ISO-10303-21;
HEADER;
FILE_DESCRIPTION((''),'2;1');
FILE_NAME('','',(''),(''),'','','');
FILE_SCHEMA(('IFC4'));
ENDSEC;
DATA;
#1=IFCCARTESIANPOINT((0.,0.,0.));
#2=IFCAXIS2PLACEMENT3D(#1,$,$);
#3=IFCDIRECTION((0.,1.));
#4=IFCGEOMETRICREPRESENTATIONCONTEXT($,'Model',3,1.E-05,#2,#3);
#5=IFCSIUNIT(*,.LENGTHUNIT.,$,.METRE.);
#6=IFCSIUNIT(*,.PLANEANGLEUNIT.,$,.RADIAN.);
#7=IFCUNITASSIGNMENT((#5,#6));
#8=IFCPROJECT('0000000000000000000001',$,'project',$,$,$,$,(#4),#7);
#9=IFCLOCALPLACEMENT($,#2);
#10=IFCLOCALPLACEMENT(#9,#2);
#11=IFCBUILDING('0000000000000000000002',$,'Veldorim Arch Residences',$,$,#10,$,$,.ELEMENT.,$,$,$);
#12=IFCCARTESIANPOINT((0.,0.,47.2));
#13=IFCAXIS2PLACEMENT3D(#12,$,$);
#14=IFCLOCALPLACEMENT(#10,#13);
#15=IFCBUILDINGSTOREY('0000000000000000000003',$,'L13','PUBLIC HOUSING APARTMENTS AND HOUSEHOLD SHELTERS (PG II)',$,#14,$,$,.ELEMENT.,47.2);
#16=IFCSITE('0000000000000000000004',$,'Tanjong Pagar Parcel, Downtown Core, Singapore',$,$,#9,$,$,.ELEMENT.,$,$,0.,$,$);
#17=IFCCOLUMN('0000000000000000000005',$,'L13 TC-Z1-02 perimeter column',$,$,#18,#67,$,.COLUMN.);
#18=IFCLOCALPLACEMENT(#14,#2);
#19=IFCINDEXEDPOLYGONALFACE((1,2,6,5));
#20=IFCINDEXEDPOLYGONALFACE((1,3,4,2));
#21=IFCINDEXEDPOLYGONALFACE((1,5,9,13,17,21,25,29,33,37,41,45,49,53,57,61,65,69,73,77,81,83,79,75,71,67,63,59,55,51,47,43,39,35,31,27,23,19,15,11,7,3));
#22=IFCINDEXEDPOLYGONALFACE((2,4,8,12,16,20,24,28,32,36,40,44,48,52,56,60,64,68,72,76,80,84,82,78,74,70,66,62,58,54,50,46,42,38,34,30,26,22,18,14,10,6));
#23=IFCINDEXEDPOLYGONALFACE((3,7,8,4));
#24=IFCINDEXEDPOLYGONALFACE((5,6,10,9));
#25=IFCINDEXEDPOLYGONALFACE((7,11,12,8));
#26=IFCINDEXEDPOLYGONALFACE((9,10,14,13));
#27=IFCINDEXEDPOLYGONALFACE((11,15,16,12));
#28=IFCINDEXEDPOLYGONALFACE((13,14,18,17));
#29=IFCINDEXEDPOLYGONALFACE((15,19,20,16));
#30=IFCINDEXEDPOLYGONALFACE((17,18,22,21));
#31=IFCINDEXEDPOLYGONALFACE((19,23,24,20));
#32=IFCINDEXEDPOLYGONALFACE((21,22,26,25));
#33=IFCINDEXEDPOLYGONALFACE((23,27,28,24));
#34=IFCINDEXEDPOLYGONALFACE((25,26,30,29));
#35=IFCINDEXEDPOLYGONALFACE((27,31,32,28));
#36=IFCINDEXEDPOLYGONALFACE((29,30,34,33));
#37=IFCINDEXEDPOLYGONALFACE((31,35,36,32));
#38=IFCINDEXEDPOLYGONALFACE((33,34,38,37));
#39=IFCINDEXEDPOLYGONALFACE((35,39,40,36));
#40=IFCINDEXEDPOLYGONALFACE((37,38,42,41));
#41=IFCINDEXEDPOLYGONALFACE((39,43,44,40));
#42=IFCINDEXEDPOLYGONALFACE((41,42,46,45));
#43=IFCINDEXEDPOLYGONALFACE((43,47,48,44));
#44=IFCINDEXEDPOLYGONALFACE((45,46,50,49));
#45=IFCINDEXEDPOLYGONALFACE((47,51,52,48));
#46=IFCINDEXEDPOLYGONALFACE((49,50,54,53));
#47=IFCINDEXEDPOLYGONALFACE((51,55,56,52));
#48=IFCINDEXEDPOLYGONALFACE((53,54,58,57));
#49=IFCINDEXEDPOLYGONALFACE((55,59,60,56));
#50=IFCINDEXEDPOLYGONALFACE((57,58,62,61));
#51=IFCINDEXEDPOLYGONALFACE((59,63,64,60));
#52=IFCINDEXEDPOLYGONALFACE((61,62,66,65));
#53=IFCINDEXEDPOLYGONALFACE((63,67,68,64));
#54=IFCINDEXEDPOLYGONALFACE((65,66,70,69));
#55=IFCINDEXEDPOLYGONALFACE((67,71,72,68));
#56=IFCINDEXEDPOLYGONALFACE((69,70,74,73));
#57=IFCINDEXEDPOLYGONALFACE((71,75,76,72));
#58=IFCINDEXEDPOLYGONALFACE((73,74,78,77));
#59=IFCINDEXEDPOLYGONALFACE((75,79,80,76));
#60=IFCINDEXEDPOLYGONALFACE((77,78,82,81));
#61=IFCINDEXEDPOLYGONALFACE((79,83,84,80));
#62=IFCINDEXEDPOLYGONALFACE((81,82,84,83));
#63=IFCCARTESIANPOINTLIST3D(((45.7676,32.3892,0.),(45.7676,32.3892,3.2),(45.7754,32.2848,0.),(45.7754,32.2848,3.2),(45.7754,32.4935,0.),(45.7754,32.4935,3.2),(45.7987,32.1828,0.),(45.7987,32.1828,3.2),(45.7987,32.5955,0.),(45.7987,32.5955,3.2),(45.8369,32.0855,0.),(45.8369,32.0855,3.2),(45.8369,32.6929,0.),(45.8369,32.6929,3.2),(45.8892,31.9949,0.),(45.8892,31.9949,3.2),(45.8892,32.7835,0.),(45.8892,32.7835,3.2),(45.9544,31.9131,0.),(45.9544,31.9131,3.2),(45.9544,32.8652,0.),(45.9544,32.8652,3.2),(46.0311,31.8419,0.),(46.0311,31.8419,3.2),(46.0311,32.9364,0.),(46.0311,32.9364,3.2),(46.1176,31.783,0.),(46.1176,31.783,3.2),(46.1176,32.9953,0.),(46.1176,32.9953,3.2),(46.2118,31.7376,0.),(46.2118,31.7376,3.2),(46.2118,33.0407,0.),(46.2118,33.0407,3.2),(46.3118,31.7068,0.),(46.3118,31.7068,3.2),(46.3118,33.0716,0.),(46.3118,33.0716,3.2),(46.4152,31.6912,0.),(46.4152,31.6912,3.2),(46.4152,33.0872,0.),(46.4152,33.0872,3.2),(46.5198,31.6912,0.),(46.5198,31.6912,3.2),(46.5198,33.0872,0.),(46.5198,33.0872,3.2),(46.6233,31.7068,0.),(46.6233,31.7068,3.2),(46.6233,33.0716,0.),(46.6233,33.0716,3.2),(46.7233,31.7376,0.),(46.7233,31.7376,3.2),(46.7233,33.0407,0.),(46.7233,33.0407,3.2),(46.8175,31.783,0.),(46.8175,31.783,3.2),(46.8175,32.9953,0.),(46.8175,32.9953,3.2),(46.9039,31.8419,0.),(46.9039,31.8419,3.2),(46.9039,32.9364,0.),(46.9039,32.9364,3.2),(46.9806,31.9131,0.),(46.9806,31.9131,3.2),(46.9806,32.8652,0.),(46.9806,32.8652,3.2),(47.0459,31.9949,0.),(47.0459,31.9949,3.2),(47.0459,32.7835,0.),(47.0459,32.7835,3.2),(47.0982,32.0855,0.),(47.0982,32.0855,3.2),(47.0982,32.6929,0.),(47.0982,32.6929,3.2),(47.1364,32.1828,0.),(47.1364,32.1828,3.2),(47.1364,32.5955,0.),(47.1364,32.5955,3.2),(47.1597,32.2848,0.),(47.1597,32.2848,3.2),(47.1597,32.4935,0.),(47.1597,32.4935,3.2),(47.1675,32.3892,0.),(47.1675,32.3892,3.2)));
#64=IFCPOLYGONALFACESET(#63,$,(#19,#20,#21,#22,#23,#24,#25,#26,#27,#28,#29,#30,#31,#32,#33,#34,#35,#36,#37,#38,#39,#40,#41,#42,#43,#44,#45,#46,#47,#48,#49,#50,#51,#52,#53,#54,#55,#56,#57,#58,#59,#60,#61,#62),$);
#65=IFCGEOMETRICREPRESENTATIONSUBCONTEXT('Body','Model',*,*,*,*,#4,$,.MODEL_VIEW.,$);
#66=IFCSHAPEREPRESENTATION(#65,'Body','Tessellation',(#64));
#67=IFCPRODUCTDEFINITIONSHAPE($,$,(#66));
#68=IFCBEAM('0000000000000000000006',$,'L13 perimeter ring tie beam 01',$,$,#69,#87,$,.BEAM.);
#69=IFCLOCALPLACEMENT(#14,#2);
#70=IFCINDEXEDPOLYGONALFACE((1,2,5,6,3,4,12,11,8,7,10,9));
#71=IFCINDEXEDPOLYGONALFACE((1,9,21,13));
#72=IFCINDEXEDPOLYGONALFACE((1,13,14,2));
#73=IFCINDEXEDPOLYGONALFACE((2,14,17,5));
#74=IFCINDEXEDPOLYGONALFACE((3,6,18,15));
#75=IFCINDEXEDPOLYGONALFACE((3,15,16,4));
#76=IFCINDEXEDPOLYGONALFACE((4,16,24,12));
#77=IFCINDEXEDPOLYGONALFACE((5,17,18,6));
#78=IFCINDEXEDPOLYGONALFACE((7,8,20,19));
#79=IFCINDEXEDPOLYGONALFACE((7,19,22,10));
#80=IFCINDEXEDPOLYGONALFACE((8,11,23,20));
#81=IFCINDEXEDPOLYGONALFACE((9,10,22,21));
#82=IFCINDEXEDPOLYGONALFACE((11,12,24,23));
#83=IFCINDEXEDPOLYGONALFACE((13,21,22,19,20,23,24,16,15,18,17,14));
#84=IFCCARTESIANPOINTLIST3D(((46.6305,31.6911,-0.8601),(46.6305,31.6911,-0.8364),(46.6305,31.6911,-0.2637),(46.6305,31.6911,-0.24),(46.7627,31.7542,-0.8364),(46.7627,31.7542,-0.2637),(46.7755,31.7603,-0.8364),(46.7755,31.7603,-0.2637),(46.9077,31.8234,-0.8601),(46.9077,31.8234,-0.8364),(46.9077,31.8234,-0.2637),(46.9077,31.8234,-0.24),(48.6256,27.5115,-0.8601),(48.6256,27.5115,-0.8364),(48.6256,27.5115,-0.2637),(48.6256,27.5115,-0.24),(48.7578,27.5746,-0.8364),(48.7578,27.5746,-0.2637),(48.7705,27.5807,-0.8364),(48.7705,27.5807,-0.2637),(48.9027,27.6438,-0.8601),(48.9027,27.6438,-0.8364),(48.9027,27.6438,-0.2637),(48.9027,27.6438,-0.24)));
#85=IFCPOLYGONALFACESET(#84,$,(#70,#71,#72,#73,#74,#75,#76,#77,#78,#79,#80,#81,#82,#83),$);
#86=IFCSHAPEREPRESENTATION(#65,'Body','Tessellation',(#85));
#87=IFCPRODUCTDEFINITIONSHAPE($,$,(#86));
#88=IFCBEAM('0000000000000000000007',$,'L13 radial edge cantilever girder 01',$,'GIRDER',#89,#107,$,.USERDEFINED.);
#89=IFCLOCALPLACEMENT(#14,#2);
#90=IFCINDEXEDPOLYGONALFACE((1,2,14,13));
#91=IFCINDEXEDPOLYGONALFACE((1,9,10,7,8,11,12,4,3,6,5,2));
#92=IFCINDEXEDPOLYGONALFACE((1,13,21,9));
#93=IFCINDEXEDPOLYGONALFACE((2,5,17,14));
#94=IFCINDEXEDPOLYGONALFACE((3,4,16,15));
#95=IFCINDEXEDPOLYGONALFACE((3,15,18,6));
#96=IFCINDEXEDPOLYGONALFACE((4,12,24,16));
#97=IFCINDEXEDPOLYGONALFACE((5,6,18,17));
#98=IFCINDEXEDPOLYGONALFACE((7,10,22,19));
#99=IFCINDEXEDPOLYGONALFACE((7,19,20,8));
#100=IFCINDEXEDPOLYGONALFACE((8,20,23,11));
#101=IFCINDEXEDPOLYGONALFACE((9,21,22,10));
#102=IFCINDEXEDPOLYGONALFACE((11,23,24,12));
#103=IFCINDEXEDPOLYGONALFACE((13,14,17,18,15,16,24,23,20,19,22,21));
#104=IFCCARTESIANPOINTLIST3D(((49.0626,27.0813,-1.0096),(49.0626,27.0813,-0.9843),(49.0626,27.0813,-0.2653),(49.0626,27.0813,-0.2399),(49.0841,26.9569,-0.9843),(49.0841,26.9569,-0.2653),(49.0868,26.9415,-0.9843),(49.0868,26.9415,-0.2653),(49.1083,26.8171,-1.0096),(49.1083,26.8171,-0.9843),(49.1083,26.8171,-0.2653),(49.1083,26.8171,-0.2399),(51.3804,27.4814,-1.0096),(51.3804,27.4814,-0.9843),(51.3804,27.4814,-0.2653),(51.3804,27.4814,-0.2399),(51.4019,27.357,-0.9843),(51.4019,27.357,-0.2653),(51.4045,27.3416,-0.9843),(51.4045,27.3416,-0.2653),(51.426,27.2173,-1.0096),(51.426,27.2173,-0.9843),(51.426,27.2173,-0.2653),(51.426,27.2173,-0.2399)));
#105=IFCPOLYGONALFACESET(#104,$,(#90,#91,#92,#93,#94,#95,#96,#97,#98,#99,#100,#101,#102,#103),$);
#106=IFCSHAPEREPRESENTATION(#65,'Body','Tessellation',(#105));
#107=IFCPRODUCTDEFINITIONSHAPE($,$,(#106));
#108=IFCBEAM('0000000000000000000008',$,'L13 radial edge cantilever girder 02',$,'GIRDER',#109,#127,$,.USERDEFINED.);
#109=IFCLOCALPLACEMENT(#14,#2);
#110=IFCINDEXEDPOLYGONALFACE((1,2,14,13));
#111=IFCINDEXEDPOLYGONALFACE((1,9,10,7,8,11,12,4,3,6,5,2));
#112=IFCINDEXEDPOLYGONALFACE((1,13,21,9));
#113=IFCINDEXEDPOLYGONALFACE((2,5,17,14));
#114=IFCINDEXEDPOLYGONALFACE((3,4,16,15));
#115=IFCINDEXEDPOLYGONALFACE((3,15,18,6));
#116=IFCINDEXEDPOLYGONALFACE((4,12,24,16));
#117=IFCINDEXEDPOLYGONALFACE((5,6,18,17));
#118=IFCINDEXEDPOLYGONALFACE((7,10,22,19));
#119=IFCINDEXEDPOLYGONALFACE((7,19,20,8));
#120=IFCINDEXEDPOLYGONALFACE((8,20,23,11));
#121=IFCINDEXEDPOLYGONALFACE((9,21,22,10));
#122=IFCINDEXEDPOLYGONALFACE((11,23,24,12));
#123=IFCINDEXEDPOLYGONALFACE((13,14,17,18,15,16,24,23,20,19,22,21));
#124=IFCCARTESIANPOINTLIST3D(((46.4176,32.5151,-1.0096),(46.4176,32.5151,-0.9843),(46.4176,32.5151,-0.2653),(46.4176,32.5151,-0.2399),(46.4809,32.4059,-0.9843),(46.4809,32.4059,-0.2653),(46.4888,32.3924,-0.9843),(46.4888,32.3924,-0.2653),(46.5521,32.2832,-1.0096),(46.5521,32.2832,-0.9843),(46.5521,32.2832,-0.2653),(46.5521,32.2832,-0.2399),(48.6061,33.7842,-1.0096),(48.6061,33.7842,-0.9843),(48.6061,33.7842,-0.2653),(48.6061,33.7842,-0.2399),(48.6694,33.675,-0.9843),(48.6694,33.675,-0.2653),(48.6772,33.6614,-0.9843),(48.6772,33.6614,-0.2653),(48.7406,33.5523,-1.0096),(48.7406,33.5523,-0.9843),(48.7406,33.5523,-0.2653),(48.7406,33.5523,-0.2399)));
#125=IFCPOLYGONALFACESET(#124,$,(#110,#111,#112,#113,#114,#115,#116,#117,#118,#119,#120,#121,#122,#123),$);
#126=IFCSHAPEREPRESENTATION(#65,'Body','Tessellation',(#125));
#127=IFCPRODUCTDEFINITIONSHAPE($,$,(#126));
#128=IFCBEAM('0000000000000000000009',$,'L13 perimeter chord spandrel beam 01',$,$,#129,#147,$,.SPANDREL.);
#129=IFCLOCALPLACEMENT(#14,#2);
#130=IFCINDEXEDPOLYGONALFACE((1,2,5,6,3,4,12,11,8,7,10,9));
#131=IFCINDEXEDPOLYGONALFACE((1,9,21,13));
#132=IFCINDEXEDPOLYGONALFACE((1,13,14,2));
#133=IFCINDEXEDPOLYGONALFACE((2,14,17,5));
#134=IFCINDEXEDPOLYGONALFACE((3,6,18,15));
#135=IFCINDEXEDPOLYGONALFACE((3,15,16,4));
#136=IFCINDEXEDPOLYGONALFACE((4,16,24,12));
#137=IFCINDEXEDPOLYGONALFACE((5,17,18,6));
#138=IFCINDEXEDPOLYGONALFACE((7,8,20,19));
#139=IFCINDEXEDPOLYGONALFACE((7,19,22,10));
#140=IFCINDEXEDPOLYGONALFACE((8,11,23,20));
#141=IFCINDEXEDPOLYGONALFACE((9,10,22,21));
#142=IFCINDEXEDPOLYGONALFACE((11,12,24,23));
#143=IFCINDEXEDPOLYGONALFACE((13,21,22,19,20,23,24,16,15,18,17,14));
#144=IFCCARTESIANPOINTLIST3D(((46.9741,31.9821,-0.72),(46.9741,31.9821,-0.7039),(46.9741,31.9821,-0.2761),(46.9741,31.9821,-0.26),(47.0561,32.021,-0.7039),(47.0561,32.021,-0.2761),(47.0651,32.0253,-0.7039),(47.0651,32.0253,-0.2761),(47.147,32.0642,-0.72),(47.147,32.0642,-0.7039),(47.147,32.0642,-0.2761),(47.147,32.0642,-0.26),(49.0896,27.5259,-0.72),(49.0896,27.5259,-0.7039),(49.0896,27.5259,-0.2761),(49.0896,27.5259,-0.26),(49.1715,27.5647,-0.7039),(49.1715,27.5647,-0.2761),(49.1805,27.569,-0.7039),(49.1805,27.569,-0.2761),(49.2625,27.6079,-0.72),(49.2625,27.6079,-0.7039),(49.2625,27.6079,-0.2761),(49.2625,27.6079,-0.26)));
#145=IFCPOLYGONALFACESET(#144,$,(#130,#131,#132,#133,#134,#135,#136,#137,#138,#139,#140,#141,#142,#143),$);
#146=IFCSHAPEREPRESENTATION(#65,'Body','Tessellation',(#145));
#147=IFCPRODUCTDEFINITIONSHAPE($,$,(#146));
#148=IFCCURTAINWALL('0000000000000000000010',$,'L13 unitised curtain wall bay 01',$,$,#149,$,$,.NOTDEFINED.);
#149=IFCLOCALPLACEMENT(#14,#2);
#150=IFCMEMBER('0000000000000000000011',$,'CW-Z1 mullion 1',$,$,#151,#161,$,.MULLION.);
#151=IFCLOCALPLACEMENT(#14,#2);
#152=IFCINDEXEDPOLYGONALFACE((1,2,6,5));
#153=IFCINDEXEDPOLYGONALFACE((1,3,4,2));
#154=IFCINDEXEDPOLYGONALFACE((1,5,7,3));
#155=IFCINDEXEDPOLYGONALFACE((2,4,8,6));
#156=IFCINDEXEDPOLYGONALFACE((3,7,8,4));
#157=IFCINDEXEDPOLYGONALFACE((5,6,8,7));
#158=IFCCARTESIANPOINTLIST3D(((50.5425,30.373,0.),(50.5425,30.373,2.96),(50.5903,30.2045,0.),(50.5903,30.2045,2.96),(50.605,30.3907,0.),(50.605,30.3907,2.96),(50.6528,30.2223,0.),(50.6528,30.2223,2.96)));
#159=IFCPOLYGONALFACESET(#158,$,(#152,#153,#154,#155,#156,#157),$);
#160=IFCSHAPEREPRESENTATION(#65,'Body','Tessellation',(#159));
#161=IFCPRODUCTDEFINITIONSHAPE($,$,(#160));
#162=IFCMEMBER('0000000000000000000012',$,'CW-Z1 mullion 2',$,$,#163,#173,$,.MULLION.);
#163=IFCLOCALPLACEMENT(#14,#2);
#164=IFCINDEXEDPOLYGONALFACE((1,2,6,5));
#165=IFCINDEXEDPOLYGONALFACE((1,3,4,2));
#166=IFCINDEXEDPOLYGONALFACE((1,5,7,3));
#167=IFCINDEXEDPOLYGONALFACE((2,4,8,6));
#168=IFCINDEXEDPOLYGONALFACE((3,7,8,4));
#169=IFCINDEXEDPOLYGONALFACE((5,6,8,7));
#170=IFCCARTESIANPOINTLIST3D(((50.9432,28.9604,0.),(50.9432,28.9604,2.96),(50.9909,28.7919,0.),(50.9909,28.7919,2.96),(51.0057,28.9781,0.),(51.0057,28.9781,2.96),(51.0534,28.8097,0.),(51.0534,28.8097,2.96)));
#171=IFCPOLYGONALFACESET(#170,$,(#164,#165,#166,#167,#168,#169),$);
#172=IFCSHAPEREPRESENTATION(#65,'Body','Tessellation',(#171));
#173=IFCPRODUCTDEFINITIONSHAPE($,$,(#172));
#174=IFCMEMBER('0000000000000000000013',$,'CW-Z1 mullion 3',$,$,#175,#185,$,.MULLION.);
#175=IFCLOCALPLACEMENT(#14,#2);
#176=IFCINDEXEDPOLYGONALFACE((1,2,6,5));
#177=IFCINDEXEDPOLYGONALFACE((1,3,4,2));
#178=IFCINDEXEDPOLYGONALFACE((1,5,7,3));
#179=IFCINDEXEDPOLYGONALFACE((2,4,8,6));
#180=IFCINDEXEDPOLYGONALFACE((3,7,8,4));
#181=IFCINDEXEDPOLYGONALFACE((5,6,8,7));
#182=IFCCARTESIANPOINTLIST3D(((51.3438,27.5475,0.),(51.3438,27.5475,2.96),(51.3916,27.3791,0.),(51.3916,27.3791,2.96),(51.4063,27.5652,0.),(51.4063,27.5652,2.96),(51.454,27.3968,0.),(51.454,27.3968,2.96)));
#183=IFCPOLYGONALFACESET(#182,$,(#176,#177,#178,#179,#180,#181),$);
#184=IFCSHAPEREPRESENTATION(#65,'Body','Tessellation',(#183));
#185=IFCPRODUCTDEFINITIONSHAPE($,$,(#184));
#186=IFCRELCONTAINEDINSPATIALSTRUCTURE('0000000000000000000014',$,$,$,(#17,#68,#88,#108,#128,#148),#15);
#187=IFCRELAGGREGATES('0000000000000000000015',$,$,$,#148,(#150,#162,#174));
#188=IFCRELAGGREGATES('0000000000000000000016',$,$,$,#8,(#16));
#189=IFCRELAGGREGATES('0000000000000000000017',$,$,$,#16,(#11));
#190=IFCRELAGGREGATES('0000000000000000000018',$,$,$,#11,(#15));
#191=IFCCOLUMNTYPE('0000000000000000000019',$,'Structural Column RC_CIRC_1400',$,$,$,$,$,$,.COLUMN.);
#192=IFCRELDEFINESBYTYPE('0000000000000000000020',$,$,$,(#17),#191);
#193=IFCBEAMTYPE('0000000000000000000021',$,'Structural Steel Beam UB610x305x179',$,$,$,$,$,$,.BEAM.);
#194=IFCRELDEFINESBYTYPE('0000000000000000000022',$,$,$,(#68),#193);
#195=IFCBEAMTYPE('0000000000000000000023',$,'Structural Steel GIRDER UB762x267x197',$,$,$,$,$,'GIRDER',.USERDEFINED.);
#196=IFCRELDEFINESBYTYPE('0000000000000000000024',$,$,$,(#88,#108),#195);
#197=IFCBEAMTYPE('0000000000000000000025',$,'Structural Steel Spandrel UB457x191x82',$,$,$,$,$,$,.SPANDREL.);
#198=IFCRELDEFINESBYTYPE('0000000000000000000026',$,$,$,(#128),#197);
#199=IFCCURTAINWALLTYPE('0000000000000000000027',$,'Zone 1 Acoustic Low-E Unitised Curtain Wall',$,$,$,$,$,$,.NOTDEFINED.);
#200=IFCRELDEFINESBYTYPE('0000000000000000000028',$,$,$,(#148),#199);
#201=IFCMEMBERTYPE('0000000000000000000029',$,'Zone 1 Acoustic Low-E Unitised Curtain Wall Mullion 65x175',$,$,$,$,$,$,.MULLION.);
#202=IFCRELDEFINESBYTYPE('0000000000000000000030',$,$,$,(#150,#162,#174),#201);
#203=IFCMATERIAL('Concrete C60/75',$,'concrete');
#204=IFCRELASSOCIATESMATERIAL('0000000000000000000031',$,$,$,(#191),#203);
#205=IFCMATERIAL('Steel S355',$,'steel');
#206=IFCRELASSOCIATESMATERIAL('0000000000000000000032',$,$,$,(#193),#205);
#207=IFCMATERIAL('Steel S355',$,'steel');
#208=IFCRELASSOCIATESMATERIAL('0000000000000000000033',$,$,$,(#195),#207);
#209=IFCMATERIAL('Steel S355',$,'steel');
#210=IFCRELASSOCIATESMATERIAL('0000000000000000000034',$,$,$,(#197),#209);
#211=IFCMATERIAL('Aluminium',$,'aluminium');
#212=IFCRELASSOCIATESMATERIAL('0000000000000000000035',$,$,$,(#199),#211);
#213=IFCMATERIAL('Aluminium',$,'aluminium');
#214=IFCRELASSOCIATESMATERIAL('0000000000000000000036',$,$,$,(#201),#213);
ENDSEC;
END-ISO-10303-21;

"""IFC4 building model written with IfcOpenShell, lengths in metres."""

from ifc_helpers import new_model, si_unit, direction, frame, origin, origin_2d, place, context, subcontext, project, spatial, rectangle, circle, i_section, extrude, material, material_profile, profile_set, type_object, element, aggregate, save


model = new_model("IFC4")

# Units and contexts
model_context = context("Model", 3, precision=1e-05, world=origin(), true_north=direction((0.0, 1.0)))
body_context = subcontext(model_context, "Body", "Model", "MODEL_VIEW")
ifc_project = project(units=[si_unit("LENGTHUNIT", "METRE"), si_unit("PLANEANGLEUNIT", "RADIAN")], contexts=[model_context])

# Site, building, storey
site_placement = place(None, origin())
site = spatial("IfcSite", under=ifc_project, at=site_placement, Name="Tanjong Pagar Parcel, Downtown Core, Singapore", CompositionType="ELEMENT", RefElevation=0.0)
building_placement = place(site_placement, origin())
building = spatial("IfcBuilding", under=site, at=building_placement, Name="Veldorim Arch Residences", CompositionType="ELEMENT")
storey_placement = place(building_placement, frame((0.0, 0.0, 47.2)))
storey = spatial("IfcBuildingStorey", under=building, at=storey_placement, Name="L13", Description="PUBLIC HOUSING APARTMENTS AND HOUSEHOLD SHELTERS (PG II)", CompositionType="ELEMENT", Elevation=47.2)

# Column
ifc_material_1 = material(Name="Concrete C60/75", Category="concrete")
ifc_material_profile_1 = material_profile(ifc_material_1, circle(Radius=0.7, at=origin_2d()), Name="RC_CIRC_1400")
ifc_profile_set_1 = profile_set([ifc_material_profile_1], Name="Concrete C60/75")
column_type = type_object("IfcColumnType", Name="Structural Column RC_CIRC_1400", PredefinedType="COLUMN", material=ifc_profile_set_1)
column_placement = place(storey_placement, frame((46.4675, 32.3892, 0.0), z_axis=(0.0, 0.0, 1.0), x_axis=(1.0, 0.0, 0.0)))
element("IfcColumn", 1, at=column_placement, inside=storey, type_object=column_type, Name="L13 TC-Z1-02 perimeter column", PredefinedType="COLUMN", context=body_context, shape_type="SweptSolid", body=[
    extrude(circle(Radius=0.7, at=origin_2d()), origin(), (0.0, 0.0, 1.0), 3.2),
])

# Beams
ifc_material_2 = material(Name="Steel S355", Category="steel")
ifc_material_profile_2 = material_profile(ifc_material_2, i_section(OverallWidth=0.3071, OverallDepth=0.6201, WebThickness=0.0142, FlangeThickness=0.0237, at=origin_2d()), Name="UB610x305x179")
ifc_profile_set_2 = profile_set([ifc_material_profile_2], Name="Steel S355")
beam_type_1 = type_object("IfcBeamType", Name="Structural Steel Beam UB610x305x179", PredefinedType="BEAM", material=ifc_profile_set_2)
beam_1_placement = place(storey_placement, frame((48.7642, 27.5776, -0.55), z_axis=(-0.430776, 0.902459, 0.0), x_axis=(-0.902459, -0.430776, 0.0)))
element("IfcBeam", 2, at=beam_1_placement, inside=storey, type_object=beam_type_1, Name="L13 perimeter ring tie beam 01", PredefinedType="BEAM", context=body_context, shape_type="SweptSolid", body=[
    extrude(i_section(OverallWidth=0.3071, OverallDepth=0.6201, WebThickness=0.0142, FlangeThickness=0.0237, at=origin_2d()), origin(), (0.0, 0.0, 1.0), 4.6313),
])
ifc_material_3 = material(Name="Steel S355", Category="steel")
ifc_material_profile_3 = material_profile(ifc_material_3, i_section(OverallWidth=0.2681, OverallDepth=0.7698, WebThickness=0.0156, FlangeThickness=0.0254, at=origin_2d()), Name="UB762x267x197")
ifc_profile_set_3 = profile_set([ifc_material_profile_3], Name="Steel S355")
beam_type_2 = type_object("IfcBeamType", Name="Structural Steel GIRDER UB762x267x197", ElementType="GIRDER", PredefinedType="USERDEFINED", material=ifc_profile_set_3)
beam_2_placement = place(storey_placement, frame((49.0854, 26.9492, -0.6248), z_axis=(0.985424, 0.170119, 0.0), x_axis=(-0.170119, 0.985424, 0.0)))
element("IfcBeam", 3, at=beam_2_placement, inside=storey, type_object=beam_type_2, Name="L13 radial edge cantilever girder 01", ObjectType="GIRDER", PredefinedType="USERDEFINED", context=body_context, shape_type="SweptSolid", body=[
    extrude(i_section(OverallWidth=0.2681, OverallDepth=0.7698, WebThickness=0.0156, FlangeThickness=0.0254, at=origin_2d()), origin(), (0.0, 0.0, 1.0), 2.3521),
])
beam_3_placement = place(storey_placement, frame((46.4849, 32.3992, -0.6248), z_axis=(0.865078, 0.501637, 0.0), x_axis=(-0.501637, 0.865078, 0.0)))
element("IfcBeam", 4, at=beam_3_placement, inside=storey, type_object=beam_type_2, Name="L13 radial edge cantilever girder 02", ObjectType="GIRDER", PredefinedType="USERDEFINED", context=body_context, shape_type="SweptSolid", body=[
    extrude(i_section(OverallWidth=0.2681, OverallDepth=0.7698, WebThickness=0.0156, FlangeThickness=0.0254, at=origin_2d()), origin(), (0.0, 0.0, 1.0), 2.5298),
])
ifc_material_4 = material(Name="Steel S355", Category="steel")
ifc_material_profile_4 = material_profile(ifc_material_4, i_section(OverallWidth=0.1914, OverallDepth=0.46, WebThickness=0.01, FlangeThickness=0.0161, at=origin_2d()), Name="UB457x191x82")
ifc_profile_set_4 = profile_set([ifc_material_profile_4], Name="Steel S355")
beam_type_3 = type_object("IfcBeamType", Name="Structural Steel Spandrel UB457x191x82", PredefinedType="SPANDREL", material=ifc_profile_set_4)
beam_4_placement = place(storey_placement, frame((49.176, 27.5669, -0.49), z_axis=(-0.428848, 0.903377, 0.0), x_axis=(-0.903377, -0.428848, 0.0)))
element("IfcBeam", 5, at=beam_4_placement, inside=storey, type_object=beam_type_3, Name="L13 perimeter chord spandrel beam 01", PredefinedType="SPANDREL", context=body_context, shape_type="SweptSolid", body=[
    extrude(i_section(OverallWidth=0.1914, OverallDepth=0.46, WebThickness=0.01, FlangeThickness=0.0161, at=origin_2d()), origin(), (0.0, 0.0, 1.0), 4.9329),
])

# Curtain wall, members
ifc_material_5 = material(Name="Aluminium", Category="aluminium")
curtain_wall_type = type_object("IfcCurtainWallType", Name="Zone 1 Acoustic Low-E Unitised Curtain Wall", PredefinedType="NOTDEFINED", material=ifc_material_5)
curtain_wall_placement = place(storey_placement, origin())
curtain_wall = element("IfcCurtainWall", 6, at=curtain_wall_placement, inside=storey, type_object=curtain_wall_type, Name="L13 unitised curtain wall bay 01", PredefinedType="NOTDEFINED")
ifc_material_6 = material(Name="Aluminium", Category="aluminium")
ifc_material_profile_5 = material_profile(ifc_material_6, rectangle(XDim=0.0649, YDim=0.175, at=origin_2d()), Name="ALU_MUL_65x175")
ifc_profile_set_5 = profile_set([ifc_material_profile_5], Name="Aluminium")
member_type_1 = type_object("IfcMemberType", Name="Zone 1 Acoustic Low-E Unitised Curtain Wall Mullion 65x175", PredefinedType="MULLION", material=ifc_profile_set_5)
member_1_placement = place(storey_placement, frame((50.5977, 30.2976, 0.0), z_axis=(0.0, 0.0, 1.0), x_axis=(0.962071, 0.272798, 0.0)))
member_1 = element("IfcMember", 7, at=member_1_placement, type_object=member_type_1, Name="CW-Z1 mullion 1", PredefinedType="MULLION", context=body_context, shape_type="SweptSolid", body=[
    extrude(rectangle(XDim=0.0649, YDim=0.175, at=origin_2d()), origin(), (0.0, 0.0, 1.0), 2.96),
])
member_2_placement = place(storey_placement, frame((50.9983, 28.885, 0.0), z_axis=(0.0, 0.0, 1.0), x_axis=(0.962071, 0.272798, 0.0)))
member_2 = element("IfcMember", 8, at=member_2_placement, type_object=member_type_1, Name="CW-Z1 mullion 2", PredefinedType="MULLION", context=body_context, shape_type="SweptSolid", body=[
    extrude(rectangle(XDim=0.0649, YDim=0.175, at=origin_2d()), origin(), (0.0, 0.0, 1.0), 2.96),
])
member_3_placement = place(storey_placement, frame((51.3989, 27.4722, 0.0), z_axis=(0.0, 0.0, 1.0), x_axis=(0.962071, 0.272798, 0.0)))
member_3 = element("IfcMember", 9, at=member_3_placement, type_object=member_type_1, Name="CW-Z1 mullion 3", PredefinedType="MULLION", context=body_context, shape_type="SweptSolid", body=[
    extrude(rectangle(XDim=0.0649, YDim=0.175, at=origin_2d()), origin(), (0.0, 0.0, 1.0), 2.96),
])
aggregate(curtain_wall, [member_1, member_2, member_3])

save(model, "model.ifc")
